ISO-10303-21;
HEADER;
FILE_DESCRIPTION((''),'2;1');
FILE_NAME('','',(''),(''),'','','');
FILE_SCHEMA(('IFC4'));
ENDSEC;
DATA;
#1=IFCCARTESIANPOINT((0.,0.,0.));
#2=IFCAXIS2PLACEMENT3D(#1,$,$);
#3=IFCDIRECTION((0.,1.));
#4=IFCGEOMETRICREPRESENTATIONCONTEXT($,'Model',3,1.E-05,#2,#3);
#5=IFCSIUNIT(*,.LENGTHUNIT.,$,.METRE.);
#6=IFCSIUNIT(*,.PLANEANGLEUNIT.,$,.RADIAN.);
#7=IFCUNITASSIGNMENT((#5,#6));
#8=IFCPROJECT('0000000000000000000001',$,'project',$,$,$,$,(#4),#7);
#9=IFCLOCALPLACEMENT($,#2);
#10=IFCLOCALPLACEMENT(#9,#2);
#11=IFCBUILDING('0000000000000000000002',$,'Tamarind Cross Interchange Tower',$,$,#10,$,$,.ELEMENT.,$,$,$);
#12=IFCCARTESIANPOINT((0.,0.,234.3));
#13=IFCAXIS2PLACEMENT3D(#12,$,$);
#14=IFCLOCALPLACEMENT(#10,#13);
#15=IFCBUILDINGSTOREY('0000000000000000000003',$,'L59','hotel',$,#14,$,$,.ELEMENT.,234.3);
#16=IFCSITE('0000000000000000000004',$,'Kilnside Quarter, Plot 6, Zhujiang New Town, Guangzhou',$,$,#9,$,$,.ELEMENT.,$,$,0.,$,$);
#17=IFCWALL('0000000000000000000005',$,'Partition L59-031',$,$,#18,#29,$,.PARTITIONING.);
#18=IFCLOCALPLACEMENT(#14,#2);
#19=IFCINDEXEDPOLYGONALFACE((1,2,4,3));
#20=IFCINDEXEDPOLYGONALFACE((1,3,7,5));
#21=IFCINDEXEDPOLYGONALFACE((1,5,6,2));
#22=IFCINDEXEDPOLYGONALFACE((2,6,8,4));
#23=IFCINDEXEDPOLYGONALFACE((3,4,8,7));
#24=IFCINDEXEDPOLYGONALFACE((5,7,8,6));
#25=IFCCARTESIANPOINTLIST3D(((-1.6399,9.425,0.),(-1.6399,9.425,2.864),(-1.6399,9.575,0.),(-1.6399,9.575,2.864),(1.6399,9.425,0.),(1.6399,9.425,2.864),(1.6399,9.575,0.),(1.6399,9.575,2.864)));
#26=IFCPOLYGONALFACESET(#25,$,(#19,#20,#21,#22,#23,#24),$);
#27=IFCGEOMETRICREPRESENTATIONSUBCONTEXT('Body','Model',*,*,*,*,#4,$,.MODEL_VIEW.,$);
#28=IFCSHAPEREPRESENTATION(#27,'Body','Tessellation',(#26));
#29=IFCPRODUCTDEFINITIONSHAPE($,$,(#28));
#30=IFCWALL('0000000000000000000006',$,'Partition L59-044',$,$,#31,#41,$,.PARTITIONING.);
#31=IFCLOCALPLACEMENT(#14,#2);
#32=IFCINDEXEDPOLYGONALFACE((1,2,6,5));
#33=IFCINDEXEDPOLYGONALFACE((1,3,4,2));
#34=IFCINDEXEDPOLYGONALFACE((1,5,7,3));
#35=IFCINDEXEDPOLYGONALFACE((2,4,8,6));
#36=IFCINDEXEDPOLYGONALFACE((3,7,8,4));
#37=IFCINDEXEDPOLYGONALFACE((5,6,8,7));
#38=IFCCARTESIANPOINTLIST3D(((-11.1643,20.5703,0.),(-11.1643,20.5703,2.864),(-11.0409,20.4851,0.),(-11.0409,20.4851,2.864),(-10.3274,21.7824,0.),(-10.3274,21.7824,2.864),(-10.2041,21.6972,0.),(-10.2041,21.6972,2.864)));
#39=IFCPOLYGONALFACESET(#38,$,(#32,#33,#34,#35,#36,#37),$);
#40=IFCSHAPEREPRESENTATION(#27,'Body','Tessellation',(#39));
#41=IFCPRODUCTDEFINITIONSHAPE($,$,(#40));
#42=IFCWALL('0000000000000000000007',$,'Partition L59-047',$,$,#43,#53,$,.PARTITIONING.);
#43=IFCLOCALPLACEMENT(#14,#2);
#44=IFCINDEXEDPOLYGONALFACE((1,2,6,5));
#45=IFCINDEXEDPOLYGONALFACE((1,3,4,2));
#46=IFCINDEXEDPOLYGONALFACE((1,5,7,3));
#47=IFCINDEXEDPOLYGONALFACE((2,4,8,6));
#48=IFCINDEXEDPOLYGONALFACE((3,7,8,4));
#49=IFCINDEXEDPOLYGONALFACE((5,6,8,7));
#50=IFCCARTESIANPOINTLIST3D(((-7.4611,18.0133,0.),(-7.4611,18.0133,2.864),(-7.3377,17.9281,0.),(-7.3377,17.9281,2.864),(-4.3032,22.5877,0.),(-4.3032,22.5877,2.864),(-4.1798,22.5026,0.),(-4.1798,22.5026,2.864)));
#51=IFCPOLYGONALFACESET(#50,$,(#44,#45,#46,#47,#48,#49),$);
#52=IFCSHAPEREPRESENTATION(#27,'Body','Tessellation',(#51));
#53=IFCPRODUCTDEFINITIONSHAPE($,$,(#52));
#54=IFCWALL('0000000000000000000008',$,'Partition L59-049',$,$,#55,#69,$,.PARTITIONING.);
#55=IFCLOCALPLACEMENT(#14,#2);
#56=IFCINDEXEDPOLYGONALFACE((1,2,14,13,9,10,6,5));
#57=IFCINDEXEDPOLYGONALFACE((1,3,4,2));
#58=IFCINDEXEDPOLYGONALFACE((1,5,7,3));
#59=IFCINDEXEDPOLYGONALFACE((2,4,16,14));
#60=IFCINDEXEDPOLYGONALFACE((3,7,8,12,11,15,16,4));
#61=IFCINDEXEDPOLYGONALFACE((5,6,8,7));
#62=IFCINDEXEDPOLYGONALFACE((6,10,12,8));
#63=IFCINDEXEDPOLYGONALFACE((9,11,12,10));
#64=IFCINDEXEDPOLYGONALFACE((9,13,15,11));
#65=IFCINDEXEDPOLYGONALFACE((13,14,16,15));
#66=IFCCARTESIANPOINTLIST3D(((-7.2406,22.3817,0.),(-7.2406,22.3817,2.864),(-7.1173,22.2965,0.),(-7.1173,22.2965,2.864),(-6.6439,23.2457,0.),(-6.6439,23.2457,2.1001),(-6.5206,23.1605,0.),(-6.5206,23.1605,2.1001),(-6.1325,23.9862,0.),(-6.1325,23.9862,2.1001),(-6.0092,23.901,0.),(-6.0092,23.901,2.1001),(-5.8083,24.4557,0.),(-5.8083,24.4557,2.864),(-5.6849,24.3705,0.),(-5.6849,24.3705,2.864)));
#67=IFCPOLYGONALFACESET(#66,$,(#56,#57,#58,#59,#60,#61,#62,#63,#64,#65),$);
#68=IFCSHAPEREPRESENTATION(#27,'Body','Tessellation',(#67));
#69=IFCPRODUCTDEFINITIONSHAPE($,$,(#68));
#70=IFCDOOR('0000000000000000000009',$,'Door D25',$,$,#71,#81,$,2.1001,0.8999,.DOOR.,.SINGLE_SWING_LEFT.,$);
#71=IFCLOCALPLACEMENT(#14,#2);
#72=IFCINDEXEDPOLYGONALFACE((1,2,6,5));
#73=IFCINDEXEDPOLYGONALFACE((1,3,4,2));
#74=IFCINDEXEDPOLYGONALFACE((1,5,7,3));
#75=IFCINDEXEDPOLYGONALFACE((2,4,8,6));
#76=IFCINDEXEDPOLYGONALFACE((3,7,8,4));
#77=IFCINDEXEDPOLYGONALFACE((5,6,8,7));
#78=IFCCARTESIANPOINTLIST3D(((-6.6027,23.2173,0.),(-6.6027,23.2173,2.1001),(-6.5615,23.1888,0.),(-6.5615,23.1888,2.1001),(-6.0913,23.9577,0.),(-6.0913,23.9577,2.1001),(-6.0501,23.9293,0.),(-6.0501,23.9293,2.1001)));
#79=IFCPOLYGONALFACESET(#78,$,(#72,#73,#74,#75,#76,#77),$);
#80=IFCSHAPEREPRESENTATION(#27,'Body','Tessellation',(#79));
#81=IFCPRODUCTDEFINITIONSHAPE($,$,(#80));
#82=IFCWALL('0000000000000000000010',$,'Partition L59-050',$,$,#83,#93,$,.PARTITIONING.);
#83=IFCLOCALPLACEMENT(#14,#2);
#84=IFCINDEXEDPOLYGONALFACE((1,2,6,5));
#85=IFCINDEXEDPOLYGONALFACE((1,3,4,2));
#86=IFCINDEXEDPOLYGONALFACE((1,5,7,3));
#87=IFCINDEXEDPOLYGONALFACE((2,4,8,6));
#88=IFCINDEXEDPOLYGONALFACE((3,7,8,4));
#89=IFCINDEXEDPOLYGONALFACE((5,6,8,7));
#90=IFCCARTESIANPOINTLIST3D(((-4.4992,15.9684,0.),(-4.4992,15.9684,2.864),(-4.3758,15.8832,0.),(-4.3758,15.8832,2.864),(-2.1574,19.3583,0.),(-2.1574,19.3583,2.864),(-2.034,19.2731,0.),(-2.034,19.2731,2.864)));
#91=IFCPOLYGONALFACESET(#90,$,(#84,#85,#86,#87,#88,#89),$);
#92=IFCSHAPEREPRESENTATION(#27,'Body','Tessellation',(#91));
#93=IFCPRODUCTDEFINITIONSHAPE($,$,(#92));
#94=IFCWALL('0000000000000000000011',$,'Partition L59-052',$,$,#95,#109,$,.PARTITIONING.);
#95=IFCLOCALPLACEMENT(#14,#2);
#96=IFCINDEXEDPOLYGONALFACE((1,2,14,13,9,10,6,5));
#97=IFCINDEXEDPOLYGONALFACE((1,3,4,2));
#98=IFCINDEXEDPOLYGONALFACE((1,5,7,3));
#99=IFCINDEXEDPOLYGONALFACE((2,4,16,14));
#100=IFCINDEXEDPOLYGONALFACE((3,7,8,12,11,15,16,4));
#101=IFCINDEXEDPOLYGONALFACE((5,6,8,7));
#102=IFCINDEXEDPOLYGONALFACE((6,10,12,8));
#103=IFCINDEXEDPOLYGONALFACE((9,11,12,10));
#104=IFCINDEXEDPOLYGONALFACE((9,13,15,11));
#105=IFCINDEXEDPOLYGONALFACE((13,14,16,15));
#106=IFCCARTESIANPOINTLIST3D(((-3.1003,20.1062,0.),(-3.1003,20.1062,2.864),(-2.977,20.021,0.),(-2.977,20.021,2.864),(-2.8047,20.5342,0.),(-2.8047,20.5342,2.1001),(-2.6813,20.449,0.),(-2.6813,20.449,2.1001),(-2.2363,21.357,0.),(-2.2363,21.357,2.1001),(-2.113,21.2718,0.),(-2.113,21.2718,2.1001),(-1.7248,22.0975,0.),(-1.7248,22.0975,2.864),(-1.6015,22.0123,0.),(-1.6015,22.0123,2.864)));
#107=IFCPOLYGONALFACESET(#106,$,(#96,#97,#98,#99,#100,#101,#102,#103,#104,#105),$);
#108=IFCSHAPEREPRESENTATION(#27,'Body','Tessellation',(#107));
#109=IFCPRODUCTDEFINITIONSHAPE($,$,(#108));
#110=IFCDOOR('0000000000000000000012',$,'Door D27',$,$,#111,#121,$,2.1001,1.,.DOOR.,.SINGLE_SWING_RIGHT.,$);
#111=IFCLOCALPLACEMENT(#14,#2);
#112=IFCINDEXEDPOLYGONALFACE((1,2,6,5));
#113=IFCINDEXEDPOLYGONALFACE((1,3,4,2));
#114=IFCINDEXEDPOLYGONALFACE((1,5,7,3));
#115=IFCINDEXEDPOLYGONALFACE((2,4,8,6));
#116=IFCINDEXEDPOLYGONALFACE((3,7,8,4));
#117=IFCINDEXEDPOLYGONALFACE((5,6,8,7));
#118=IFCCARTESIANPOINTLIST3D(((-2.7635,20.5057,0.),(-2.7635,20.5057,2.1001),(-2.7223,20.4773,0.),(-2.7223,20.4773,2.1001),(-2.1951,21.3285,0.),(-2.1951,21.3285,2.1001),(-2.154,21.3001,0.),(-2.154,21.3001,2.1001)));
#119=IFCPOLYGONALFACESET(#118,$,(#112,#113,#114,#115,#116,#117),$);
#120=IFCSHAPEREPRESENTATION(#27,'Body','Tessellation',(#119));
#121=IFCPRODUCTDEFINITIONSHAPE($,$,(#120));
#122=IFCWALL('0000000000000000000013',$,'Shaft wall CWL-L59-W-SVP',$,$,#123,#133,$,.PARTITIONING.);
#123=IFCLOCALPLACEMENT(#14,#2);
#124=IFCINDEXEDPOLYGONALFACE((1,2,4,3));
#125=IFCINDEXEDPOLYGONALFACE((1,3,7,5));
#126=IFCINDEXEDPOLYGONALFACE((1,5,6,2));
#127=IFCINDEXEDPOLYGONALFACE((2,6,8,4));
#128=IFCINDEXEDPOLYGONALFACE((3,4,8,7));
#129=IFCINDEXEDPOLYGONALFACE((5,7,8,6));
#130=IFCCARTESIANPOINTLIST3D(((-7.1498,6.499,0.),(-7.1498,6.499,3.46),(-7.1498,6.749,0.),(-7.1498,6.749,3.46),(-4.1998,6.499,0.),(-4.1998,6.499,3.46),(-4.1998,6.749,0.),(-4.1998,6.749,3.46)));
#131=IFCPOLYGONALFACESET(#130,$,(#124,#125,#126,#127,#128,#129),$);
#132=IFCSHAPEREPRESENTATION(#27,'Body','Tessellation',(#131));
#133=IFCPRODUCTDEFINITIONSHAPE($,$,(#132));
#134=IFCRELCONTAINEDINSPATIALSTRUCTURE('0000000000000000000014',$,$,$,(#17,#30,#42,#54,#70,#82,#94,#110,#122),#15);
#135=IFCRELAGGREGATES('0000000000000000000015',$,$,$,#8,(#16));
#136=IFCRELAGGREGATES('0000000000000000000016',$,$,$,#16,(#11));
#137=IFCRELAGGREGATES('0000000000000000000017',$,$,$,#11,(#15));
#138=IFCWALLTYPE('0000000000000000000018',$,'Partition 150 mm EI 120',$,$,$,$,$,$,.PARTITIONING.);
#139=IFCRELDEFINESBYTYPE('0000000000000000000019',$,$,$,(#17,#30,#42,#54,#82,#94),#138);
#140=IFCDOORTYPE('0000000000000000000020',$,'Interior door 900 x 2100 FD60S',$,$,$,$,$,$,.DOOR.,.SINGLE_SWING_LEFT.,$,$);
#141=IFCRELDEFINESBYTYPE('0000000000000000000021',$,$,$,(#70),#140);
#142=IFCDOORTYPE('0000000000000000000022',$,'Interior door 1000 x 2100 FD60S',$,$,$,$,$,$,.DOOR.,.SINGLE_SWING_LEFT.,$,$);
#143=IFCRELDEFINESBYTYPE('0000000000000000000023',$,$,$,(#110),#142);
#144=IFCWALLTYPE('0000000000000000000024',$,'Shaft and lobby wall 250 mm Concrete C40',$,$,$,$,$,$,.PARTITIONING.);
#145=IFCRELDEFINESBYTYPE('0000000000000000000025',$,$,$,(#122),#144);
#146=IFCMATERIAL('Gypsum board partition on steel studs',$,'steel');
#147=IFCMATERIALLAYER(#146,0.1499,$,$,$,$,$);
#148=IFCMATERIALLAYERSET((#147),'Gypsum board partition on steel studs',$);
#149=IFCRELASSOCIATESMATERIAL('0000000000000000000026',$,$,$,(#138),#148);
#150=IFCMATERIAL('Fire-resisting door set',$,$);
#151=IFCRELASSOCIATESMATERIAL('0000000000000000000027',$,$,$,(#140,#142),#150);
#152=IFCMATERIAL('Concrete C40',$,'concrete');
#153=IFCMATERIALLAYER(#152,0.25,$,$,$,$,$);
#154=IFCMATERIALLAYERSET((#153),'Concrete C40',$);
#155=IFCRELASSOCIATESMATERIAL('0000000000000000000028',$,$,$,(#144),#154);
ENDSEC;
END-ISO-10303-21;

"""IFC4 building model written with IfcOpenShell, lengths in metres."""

from ifc_helpers import new_model, si_unit, direction, frame, frame_2d, origin, place, context, subcontext, project, spatial, rectangle, extrude, material, layer, layer_set, type_object, element, fill, save


model = new_model("IFC4")

# Units and contexts
model_context = context("Model", 3, precision=1e-05, world=origin(), true_north=direction((0.0, 1.0)))
body_context = subcontext(model_context, "Body", "Model", "MODEL_VIEW")
ifc_project = project(units=[si_unit("LENGTHUNIT", "METRE"), si_unit("PLANEANGLEUNIT", "RADIAN")], contexts=[model_context])

# Site, building, storey
site_placement = place(None, origin())
site = spatial("IfcSite", under=ifc_project, at=site_placement, Name="Kilnside Quarter, Plot 6, Zhujiang New Town, Guangzhou", CompositionType="ELEMENT", RefElevation=0.0)
building_placement = place(site_placement, origin())
building = spatial("IfcBuilding", under=site, at=building_placement, Name="Tamarind Cross Interchange Tower", CompositionType="ELEMENT")
storey_placement = place(building_placement, frame((0.0, 0.0, 234.3)))
storey = spatial("IfcBuildingStorey", under=building, at=storey_placement, Name="L59", Description="hotel", CompositionType="ELEMENT", Elevation=234.3)

# Shared definitions
ifc_material_1 = material(Name="Gypsum board partition on steel studs", Category="steel")
ifc_layer_1 = layer(ifc_material_1, 0.1499)
ifc_layer_set_1 = layer_set([ifc_layer_1], Name="Gypsum board partition on steel studs")
wall_type_1 = type_object("IfcWallType", Name="Partition 150 mm EI 120", PredefinedType="PARTITIONING", material=ifc_layer_set_1)

# Shared definitions
ifc_material_2 = material(Name="Fire-resisting door set")
door_type_1 = type_object("IfcDoorType", Name="Interior door 900 x 2100 FD60S", OperationType="SINGLE_SWING_LEFT", PredefinedType="DOOR", material=ifc_material_2)

# Walls
wall_1_placement = place(storey_placement, frame((-1.6399, 9.5, 0.0), z_axis=(0.0, 0.0, 1.0), x_axis=(1.0, 0.0, 0.0)))
element("IfcWall", 1, at=wall_1_placement, inside=storey, type_object=wall_type_1, Name="Partition L59-031", PredefinedType="PARTITIONING", context=body_context, shape_type="SweptSolid", body=[
    extrude(rectangle(XDim=3.2798, YDim=0.1499, at=frame_2d((1.6399, 0.0))), origin(), (0.0, 0.0, 1.0), 2.864),
])
wall_2_placement = place(storey_placement, frame((-11.1025, 20.5278, 0.0), z_axis=(0.0, 0.0, 1.0), x_axis=(0.568167, 0.822914, 0.0)))
element("IfcWall", 2, at=wall_2_placement, inside=storey, type_object=wall_type_1, Name="Partition L59-044", PredefinedType="PARTITIONING", context=body_context, shape_type="SweptSolid", body=[
    extrude(rectangle(XDim=1.4729, YDim=0.1499, at=frame_2d((0.7363, 0.0))), origin(), (0.0, 0.0, 1.0), 2.864),
])
wall_3_placement = place(storey_placement, frame((-7.3994, 17.9707, 0.0), z_axis=(0.0, 0.0, 1.0), x_axis=(0.568118, 0.822947, 0.0)))
element("IfcWall", 3, at=wall_3_placement, inside=storey, type_object=wall_type_1, Name="Partition L59-047", PredefinedType="PARTITIONING", context=body_context, shape_type="SweptSolid", body=[
    extrude(rectangle(XDim=5.5586, YDim=0.1499, at=frame_2d((2.7793, 0.0))), origin(), (0.0, 0.0, 1.0), 2.864),
])

# Wall, opening, door
wall_4_placement = place(storey_placement, frame((-7.179, 22.3391, 0.0), z_axis=(0.0, 0.0, 1.0), x_axis=(0.568283, 0.822833, 0.0)))
wall_4 = element("IfcWall", 4, at=wall_4_placement, inside=storey, type_object=wall_type_1, Name="Partition L59-049", PredefinedType="PARTITIONING", context=body_context, shape_type="SweptSolid", body=[
    extrude(rectangle(XDim=2.5205, YDim=0.1499, at=frame_2d((1.2603, 0.0))), origin(), (0.0, 0.0, 1.0), 2.864),
])
opening_1_placement = place(wall_4_placement, frame((1.05, 0.0, 0.0)))
opening_1 = element("IfcOpeningElement", 5, at=opening_1_placement, cuts=wall_4, PredefinedType="OPENING", context=body_context, shape_type="SweptSolid", body=[
    extrude(rectangle(XDim=0.8999, YDim=2.1001, at=frame_2d((0.45, 1.05))), frame((0.0, 0.085, 0.0), z_axis=(0.0, -1.0, 0.0), x_axis=(1.0, 0.0, 0.0)), (0.0, 0.0, 1.0), 0.1699),
])
door_1_placement = place(opening_1_placement, origin())
door_1 = element("IfcDoor", 6, at=door_1_placement, inside=storey, type_object=door_type_1, Name="Door D25", OperationType="SINGLE_SWING_LEFT", OverallHeight=2.1001, OverallWidth=0.8999, PredefinedType="DOOR", context=body_context, shape_type="SweptSolid", body=[
    extrude(rectangle(XDim=0.8999, YDim=2.1001, at=frame_2d((0.45, 1.05))), frame((0.0, 0.0249, 0.0), z_axis=(0.0, -1.0, 0.0), x_axis=(1.0, 0.0, 0.0)), (0.0, 0.0, 1.0), 0.05),
])
fill(opening_1, door_1)

# Wall
wall_5_placement = place(storey_placement, frame((-4.4375, 15.9258, 0.0), z_axis=(0.0, 0.0, 1.0), x_axis=(0.568381, 0.822766, 0.0)))
element("IfcWall", 7, at=wall_5_placement, inside=storey, type_object=wall_type_1, Name="Partition L59-050", PredefinedType="PARTITIONING", context=body_context, shape_type="SweptSolid", body=[
    extrude(rectangle(XDim=4.1201, YDim=0.1499, at=frame_2d((2.0601, 0.0))), origin(), (0.0, 0.0, 1.0), 2.864),
])

# Wall, opening, door
wall_6_placement = place(storey_placement, frame((-3.0386, 20.0637, 0.0), z_axis=(0.0, 0.0, 1.0), x_axis=(0.56836, 0.82278, 0.0)))
wall_6 = element("IfcWall", 8, at=wall_6_placement, inside=storey, type_object=wall_type_1, Name="Partition L59-052", PredefinedType="PARTITIONING", context=body_context, shape_type="SweptSolid", body=[
    extrude(rectangle(XDim=2.4202, YDim=0.1499, at=frame_2d((1.21, 0.0))), origin(), (0.0, 0.0, 1.0), 2.864),
])
opening_2_placement = place(wall_6_placement, frame((0.52, 0.0, 0.0)))
opening_2 = element("IfcOpeningElement", 9, at=opening_2_placement, cuts=wall_6, PredefinedType="OPENING", context=body_context, shape_type="SweptSolid", body=[
    extrude(rectangle(XDim=1.0, YDim=2.1001, at=frame_2d((0.5, 1.05))), frame((0.0, 0.085, 0.0), z_axis=(0.0, -1.0, 0.0), x_axis=(1.0, 0.0, 0.0)), (0.0, 0.0, 1.0), 0.1699),
])
door_type_2 = type_object("IfcDoorType", Name="Interior door 1000 x 2100 FD60S", OperationType="SINGLE_SWING_LEFT", PredefinedType="DOOR", material=ifc_material_2)
door_2_placement = place(opening_2_placement, origin())
door_2 = element("IfcDoor", 10, at=door_2_placement, inside=storey, type_object=door_type_2, Name="Door D27", OperationType="SINGLE_SWING_RIGHT", OverallHeight=2.1001, OverallWidth=1.0, PredefinedType="DOOR", context=body_context, shape_type="SweptSolid", body=[
    extrude(rectangle(XDim=1.0, YDim=2.1001, at=frame_2d((0.5, 1.05))), frame((0.0, 0.0249, 0.0), z_axis=(0.0, -1.0, 0.0), x_axis=(1.0, 0.0, 0.0)), (0.0, 0.0, 1.0), 0.05),
])
fill(opening_2, door_2)

# Wall
ifc_material_3 = material(Name="Concrete C40", Category="concrete")
ifc_layer_2 = layer(ifc_material_3, 0.25)
ifc_layer_set_2 = layer_set([ifc_layer_2], Name="Concrete C40")
wall_type_2 = type_object("IfcWallType", Name="Shaft and lobby wall 250 mm Concrete C40", PredefinedType="PARTITIONING", material=ifc_layer_set_2)
wall_7_placement = place(storey_placement, frame((-7.1499, 6.624, 0.0), z_axis=(0.0, 0.0, 1.0), x_axis=(1.0, 0.0, 0.0)))
element("IfcWall", 11, at=wall_7_placement, inside=storey, type_object=wall_type_2, Name="Shaft wall CWL-L59-W-SVP", PredefinedType="PARTITIONING", context=body_context, shape_type="SweptSolid", body=[
    extrude(rectangle(XDim=2.95, YDim=0.25, at=frame_2d((1.4751, 0.0))), origin(), (0.0, 0.0, 1.0), 3.46),
])

save(model, "model.ifc")
